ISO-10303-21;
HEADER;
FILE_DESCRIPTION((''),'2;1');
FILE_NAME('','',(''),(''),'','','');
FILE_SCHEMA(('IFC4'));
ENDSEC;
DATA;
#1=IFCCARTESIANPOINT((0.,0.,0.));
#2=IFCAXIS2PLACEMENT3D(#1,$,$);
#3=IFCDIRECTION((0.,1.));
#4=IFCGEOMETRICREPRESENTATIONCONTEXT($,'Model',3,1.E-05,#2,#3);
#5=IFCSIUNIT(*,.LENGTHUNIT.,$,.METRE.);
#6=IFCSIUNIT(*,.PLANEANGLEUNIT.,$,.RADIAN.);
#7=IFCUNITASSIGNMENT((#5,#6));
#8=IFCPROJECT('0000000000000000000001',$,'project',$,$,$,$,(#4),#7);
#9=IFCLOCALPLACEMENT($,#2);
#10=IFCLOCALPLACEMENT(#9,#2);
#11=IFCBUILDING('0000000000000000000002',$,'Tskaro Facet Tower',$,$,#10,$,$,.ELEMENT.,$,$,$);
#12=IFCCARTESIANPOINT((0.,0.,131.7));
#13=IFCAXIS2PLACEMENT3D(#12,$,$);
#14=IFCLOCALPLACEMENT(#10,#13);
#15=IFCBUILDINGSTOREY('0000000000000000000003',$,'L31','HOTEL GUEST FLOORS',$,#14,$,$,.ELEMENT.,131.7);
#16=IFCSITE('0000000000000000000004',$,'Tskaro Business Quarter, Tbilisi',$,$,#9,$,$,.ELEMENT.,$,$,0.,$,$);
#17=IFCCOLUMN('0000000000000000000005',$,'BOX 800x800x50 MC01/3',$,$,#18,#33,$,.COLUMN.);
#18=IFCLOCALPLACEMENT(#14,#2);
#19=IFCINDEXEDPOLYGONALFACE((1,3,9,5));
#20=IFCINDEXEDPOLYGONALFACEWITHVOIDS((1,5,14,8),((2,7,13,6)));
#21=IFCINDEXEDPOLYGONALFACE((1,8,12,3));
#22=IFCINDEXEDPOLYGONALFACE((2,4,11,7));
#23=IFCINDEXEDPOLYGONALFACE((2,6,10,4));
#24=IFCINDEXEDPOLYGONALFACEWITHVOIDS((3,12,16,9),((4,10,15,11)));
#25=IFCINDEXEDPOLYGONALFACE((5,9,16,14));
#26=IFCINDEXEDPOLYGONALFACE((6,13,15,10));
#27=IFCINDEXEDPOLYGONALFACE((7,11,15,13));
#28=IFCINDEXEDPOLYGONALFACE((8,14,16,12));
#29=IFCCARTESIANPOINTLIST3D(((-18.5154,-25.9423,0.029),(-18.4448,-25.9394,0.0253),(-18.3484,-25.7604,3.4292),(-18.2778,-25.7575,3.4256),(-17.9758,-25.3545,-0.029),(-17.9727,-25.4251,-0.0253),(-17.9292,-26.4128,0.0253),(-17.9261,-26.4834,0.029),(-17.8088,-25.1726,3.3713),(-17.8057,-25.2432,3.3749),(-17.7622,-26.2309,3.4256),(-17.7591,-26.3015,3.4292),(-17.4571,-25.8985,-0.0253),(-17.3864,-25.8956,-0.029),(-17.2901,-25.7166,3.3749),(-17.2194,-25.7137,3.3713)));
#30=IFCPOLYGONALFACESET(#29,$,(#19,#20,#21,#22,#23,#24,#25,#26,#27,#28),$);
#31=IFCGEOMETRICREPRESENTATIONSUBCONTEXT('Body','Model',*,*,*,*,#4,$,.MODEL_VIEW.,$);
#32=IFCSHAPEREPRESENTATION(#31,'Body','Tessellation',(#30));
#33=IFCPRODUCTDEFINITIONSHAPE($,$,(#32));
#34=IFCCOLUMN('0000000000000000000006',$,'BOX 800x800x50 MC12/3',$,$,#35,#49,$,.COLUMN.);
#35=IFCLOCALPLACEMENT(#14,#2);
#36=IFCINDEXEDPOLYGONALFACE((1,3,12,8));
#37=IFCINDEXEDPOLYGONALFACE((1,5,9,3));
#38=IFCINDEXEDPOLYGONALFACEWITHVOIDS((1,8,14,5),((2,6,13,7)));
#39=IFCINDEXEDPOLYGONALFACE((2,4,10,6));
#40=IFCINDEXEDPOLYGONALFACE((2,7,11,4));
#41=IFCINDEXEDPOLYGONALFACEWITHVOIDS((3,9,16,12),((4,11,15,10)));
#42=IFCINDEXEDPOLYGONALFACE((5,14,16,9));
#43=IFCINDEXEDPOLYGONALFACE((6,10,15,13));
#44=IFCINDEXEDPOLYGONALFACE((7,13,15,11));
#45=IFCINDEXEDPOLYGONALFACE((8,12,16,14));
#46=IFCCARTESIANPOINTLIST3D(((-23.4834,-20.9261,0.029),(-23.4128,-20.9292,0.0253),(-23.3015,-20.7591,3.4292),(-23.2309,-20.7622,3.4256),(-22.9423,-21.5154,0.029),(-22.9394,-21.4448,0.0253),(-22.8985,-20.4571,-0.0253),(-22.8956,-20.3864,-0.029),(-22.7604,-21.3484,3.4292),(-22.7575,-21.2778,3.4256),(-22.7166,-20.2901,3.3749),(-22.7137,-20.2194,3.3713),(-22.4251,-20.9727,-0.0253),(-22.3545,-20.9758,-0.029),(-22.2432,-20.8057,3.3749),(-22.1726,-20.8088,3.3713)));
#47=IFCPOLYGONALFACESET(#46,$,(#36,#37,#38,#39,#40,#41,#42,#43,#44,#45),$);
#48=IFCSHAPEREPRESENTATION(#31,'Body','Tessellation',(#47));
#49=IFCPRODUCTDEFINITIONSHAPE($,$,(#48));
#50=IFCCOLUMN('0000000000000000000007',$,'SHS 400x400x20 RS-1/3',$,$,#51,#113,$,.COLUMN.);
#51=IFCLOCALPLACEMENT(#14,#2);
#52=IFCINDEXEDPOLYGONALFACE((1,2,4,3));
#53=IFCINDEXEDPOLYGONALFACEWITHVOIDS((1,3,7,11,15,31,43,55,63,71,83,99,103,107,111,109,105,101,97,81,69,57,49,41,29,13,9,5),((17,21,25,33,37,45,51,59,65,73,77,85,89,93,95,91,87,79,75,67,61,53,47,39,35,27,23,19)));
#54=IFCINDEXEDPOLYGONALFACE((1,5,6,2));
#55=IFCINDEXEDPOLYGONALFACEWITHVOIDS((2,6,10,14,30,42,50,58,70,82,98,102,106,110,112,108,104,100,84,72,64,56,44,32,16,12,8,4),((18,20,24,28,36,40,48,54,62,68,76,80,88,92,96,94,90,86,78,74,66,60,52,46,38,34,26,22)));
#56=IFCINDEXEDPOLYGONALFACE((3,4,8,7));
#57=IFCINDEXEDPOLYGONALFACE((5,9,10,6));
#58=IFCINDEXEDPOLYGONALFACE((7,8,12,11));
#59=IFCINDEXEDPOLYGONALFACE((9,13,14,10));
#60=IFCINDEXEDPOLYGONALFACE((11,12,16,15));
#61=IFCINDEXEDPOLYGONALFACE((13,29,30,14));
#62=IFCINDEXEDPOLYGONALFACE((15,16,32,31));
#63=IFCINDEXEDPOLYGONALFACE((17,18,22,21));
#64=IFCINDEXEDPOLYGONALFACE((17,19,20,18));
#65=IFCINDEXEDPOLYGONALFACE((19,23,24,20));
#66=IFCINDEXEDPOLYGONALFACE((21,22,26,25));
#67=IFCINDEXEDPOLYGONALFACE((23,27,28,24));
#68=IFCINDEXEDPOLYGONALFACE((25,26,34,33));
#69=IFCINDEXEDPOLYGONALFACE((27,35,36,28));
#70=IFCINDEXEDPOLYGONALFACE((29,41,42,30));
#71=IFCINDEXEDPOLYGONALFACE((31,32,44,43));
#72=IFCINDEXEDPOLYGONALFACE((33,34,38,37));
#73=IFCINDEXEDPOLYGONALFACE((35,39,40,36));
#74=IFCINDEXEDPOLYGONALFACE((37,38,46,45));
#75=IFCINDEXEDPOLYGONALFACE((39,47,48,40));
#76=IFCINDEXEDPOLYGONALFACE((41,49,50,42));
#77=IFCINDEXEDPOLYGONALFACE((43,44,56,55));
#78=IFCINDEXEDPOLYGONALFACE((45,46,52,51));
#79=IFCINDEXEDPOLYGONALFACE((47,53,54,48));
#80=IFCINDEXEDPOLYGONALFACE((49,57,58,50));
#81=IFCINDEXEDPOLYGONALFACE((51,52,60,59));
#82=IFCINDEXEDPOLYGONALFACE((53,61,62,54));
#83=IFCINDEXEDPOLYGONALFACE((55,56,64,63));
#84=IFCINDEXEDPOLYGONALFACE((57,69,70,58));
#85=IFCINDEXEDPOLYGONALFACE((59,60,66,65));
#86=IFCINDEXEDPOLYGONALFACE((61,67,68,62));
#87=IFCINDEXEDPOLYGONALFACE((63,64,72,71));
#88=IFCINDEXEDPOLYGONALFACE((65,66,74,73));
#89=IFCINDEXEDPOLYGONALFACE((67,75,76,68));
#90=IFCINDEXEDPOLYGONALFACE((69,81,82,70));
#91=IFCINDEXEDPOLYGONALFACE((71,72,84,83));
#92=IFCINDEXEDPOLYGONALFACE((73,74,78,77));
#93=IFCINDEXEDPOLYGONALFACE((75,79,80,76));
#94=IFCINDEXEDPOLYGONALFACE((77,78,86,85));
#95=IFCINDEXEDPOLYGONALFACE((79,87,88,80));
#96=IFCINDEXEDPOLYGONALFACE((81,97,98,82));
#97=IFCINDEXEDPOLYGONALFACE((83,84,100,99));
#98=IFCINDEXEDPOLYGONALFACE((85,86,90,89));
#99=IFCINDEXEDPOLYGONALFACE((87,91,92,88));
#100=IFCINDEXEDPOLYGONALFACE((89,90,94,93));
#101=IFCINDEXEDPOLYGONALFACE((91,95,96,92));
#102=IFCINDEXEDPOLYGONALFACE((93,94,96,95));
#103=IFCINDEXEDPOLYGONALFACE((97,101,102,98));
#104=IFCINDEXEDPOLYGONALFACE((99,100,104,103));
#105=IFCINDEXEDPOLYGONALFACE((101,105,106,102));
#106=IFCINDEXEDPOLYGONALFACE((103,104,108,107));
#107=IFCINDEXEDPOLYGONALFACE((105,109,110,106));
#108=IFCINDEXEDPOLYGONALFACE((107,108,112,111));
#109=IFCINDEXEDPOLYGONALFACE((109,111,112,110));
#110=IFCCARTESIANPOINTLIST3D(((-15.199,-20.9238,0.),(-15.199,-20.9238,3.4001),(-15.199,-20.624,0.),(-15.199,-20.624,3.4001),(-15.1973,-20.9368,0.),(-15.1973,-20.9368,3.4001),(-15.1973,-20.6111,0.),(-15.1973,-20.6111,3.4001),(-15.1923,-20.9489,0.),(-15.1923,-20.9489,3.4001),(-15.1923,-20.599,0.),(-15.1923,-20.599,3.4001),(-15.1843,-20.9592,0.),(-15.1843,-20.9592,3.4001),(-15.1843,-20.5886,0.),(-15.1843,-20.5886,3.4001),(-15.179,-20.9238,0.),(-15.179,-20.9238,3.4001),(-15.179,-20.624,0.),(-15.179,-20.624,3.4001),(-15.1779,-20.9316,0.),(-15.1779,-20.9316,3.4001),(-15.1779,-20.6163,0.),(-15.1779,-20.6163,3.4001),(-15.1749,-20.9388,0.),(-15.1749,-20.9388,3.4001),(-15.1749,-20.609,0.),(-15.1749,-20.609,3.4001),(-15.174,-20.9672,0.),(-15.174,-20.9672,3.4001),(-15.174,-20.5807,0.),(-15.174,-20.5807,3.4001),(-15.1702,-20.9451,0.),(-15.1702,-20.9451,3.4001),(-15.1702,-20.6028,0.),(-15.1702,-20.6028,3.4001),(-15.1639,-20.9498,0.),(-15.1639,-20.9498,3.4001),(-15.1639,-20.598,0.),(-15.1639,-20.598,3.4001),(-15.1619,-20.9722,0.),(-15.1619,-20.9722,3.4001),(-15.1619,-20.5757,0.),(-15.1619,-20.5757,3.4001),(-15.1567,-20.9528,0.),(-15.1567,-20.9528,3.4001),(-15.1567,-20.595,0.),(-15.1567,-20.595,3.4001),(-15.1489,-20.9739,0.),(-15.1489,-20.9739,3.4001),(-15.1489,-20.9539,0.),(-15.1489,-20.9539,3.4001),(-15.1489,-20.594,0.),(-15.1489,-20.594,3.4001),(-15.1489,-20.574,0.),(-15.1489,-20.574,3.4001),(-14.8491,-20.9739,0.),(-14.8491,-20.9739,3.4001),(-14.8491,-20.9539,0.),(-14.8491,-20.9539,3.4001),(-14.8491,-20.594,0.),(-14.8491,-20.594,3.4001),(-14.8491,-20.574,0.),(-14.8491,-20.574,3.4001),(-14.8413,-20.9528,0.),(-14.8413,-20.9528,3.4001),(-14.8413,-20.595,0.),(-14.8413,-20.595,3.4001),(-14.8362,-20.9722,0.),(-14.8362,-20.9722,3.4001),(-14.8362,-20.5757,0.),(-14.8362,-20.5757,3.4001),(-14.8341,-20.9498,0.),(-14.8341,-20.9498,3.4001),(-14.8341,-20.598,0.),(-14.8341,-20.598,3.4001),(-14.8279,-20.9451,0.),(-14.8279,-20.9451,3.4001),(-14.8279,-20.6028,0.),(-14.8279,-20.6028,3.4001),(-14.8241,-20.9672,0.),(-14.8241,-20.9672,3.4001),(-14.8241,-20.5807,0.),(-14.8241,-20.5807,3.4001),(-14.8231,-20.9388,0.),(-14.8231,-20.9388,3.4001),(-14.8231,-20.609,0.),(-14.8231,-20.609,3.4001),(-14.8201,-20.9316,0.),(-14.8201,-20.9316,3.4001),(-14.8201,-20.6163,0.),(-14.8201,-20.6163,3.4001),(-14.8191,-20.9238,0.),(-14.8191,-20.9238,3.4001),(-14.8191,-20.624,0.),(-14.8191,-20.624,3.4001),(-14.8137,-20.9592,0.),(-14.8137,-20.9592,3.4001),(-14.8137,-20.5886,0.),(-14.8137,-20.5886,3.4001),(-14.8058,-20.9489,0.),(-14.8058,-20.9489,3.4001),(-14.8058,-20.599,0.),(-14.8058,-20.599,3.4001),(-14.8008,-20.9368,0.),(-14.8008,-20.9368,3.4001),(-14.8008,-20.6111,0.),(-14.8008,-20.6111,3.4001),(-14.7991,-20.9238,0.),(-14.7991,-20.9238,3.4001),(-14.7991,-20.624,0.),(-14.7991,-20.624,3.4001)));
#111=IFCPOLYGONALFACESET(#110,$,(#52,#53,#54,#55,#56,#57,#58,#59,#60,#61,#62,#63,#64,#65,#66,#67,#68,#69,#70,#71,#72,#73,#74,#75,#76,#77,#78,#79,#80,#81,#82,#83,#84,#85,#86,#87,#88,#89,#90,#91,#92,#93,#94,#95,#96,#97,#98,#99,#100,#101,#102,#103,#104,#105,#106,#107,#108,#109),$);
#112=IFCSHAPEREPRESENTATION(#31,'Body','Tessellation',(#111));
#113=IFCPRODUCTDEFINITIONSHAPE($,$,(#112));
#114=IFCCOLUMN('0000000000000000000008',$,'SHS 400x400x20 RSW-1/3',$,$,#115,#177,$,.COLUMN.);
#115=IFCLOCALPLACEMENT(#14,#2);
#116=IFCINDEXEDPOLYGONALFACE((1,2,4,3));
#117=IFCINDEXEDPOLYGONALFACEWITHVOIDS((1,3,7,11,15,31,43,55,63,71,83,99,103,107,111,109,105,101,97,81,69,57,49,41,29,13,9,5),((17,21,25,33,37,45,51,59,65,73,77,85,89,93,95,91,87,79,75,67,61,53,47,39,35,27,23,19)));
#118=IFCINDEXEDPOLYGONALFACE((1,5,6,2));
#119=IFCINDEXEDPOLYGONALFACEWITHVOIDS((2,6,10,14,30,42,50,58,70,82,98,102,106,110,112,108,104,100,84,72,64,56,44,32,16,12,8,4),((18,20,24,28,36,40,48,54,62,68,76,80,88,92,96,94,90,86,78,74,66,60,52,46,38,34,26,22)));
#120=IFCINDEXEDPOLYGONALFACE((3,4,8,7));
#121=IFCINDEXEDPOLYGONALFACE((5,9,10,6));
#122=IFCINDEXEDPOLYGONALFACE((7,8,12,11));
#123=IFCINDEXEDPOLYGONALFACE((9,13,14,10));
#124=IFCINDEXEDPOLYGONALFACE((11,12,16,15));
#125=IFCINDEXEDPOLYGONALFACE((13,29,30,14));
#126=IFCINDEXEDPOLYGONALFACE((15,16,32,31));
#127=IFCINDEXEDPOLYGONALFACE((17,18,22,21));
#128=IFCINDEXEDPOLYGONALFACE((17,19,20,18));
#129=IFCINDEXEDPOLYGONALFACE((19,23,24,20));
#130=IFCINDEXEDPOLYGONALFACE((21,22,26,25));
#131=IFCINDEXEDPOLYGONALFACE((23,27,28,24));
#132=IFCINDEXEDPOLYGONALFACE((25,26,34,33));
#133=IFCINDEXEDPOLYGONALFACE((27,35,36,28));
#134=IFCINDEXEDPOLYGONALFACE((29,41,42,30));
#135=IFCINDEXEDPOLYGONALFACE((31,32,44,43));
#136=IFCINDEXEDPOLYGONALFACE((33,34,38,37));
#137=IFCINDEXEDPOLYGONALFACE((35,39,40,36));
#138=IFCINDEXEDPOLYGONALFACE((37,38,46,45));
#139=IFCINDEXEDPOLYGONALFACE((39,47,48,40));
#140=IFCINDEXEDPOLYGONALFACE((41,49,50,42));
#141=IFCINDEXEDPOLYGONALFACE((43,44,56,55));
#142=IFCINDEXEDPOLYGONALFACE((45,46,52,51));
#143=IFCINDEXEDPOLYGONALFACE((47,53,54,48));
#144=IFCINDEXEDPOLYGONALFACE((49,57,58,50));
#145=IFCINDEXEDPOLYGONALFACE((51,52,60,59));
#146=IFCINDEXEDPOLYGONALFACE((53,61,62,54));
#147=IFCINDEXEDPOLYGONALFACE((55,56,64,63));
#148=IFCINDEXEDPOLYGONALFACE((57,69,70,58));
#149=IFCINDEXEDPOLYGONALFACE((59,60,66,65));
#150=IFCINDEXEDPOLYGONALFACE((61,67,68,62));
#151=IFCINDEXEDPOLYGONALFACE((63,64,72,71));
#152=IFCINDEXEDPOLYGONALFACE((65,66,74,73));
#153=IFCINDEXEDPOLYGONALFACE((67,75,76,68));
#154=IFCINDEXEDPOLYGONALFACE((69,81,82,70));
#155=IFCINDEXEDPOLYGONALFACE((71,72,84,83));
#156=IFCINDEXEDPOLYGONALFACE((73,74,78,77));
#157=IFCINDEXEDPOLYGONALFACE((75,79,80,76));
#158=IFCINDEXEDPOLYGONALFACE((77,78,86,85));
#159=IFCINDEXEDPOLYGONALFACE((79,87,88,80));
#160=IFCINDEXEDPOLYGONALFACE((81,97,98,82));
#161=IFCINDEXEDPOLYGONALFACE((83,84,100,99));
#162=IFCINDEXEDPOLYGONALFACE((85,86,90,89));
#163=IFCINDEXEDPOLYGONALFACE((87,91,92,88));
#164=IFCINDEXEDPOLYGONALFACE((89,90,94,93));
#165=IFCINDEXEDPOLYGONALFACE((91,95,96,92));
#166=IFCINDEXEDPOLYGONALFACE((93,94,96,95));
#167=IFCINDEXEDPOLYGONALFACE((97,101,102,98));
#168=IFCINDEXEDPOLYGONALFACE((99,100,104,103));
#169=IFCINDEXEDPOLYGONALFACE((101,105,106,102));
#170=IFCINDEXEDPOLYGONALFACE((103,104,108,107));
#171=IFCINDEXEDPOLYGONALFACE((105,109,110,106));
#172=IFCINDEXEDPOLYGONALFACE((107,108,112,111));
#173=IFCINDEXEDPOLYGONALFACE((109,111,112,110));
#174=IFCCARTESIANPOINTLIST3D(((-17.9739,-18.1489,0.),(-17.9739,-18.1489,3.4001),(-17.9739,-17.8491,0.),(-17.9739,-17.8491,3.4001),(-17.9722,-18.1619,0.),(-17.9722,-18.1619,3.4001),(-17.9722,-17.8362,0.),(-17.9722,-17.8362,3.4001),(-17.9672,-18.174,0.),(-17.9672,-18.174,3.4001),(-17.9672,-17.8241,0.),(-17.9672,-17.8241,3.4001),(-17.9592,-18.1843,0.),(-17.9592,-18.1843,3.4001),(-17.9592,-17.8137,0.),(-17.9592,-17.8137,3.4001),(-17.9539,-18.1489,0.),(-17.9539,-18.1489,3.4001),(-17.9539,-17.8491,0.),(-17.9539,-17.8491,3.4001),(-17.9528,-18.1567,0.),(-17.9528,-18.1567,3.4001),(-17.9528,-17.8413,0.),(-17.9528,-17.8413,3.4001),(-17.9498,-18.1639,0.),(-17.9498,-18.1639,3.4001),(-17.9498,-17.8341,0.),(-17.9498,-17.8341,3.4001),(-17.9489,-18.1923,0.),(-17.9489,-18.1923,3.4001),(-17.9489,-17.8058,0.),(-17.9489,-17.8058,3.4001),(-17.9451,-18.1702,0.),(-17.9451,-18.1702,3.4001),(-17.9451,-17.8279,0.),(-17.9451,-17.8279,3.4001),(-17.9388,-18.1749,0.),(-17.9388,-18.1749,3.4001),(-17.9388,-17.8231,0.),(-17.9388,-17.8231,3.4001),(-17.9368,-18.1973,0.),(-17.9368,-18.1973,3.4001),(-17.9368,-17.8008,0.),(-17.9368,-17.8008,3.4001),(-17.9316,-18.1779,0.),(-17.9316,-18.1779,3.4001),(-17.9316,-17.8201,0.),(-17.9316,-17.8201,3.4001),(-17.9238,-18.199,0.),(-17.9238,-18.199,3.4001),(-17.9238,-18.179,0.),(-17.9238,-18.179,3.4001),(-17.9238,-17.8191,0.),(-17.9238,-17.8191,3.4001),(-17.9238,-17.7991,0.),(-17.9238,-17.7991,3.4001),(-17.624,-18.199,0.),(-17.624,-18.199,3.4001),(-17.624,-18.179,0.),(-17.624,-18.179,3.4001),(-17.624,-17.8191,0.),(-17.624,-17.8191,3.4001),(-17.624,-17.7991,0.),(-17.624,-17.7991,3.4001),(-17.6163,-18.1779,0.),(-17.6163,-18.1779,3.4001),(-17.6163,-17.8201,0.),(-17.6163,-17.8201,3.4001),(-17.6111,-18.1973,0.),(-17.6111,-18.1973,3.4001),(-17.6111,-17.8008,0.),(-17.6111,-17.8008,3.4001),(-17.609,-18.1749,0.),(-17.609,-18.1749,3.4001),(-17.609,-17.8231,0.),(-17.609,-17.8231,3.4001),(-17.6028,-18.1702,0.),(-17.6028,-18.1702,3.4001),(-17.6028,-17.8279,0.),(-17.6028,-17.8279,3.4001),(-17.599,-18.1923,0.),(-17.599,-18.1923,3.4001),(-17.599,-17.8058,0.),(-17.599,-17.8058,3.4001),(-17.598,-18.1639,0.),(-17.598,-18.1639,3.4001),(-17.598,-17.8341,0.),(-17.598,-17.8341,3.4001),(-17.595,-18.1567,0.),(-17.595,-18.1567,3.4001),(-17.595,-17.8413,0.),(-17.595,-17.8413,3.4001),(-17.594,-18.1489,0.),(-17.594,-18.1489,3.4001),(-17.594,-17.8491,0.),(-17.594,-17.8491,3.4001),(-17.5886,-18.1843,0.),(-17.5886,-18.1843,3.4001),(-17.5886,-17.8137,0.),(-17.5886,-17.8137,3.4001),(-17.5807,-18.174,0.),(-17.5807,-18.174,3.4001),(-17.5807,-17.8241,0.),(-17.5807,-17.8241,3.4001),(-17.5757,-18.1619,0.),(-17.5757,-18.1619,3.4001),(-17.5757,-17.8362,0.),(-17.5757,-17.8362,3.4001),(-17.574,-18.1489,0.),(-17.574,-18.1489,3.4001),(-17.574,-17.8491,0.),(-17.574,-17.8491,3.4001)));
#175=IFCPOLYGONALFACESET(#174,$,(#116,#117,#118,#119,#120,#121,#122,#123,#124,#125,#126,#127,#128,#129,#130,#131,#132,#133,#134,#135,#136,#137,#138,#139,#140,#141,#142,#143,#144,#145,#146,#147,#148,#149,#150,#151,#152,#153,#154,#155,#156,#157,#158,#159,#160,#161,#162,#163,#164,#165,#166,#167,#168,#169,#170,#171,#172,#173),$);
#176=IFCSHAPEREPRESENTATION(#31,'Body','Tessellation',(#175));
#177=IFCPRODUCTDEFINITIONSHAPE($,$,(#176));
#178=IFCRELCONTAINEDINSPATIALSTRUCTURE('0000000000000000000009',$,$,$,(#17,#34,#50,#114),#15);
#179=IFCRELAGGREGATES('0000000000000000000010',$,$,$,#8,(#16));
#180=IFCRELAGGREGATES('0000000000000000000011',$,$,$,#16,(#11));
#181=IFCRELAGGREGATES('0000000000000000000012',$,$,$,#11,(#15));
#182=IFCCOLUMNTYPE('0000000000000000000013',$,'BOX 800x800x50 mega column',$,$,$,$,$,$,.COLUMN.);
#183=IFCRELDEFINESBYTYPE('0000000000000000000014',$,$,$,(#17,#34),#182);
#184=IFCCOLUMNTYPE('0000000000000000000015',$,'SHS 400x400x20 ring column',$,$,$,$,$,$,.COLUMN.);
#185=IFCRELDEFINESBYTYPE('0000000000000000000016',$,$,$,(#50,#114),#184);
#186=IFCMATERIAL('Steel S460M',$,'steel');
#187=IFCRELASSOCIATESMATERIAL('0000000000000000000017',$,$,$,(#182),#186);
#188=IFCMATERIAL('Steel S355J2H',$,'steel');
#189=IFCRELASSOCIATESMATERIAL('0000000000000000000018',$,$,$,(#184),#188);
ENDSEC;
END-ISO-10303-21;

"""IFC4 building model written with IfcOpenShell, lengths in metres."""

from ifc_helpers import new_model, si_unit, direction, frame, origin, origin_2d, place, context, subcontext, project, spatial, hollow_rectangle, extrude, material, material_profile, profile_set, type_object, element, save


model = new_model("IFC4")

# Units and contexts
model_context = context("Model", 3, precision=1e-05, world=origin(), true_north=direction((0.0, 1.0)))
body_context = subcontext(model_context, "Body", "Model", "MODEL_VIEW")
ifc_project = project(units=[si_unit("LENGTHUNIT", "METRE"), si_unit("PLANEANGLEUNIT", "RADIAN")], contexts=[model_context])

# Site, building, storey
site_placement = place(None, origin())
site = spatial("IfcSite", under=ifc_project, at=site_placement, Name="Tskaro Business Quarter, Tbilisi", CompositionType="ELEMENT", RefElevation=0.0)
building_placement = place(site_placement, origin())
building = spatial("IfcBuilding", under=site, at=building_placement, Name="Tskaro Facet Tower", CompositionType="ELEMENT")
storey_placement = place(building_placement, frame((0.0, 0.0, 131.7)))
storey = spatial("IfcBuildingStorey", under=building, at=storey_placement, Name="L31", Description="HOTEL GUEST FLOORS", CompositionType="ELEMENT", Elevation=131.7)

# Columns
ifc_material_1 = material(Name="Steel S460M", Category="steel")
ifc_material_profile_1 = material_profile(ifc_material_1, hollow_rectangle(XDim=0.8, YDim=0.8, WallThickness=0.05, at=origin_2d()), Name="BOX 800x800x50")
ifc_profile_set_1 = profile_set([ifc_material_profile_1], Name="Steel S460M")
column_type_1 = type_object("IfcColumnType", Name="BOX 800x800x50 mega column", PredefinedType="COLUMN", material=ifc_profile_set_1)
for number, where, z_axis, x_axis, name in (
    (1, (-17.9509, -25.9189, 0.0), (0.048984, 0.053353, 0.997374), (-0.73662, 0.676306, 0.0), "BOX 800x800x50 MC01/3"),
    (2, (-22.9189, -20.9509, 0.0), (0.053353, 0.048984, 0.997374), (-0.676306, 0.73662, 0.0), "BOX 800x800x50 MC12/3"),
):
    element("IfcColumn", number, at=place(storey_placement, frame(where, z_axis=z_axis, x_axis=x_axis)), inside=storey, type_object=column_type_1, Name=name, PredefinedType="COLUMN", context=body_context, shape_type="SweptSolid", body=[
        extrude(hollow_rectangle(XDim=0.8, YDim=0.8, WallThickness=0.05, at=origin_2d()), origin(), (0.0, 0.0, 1.0), 3.4092),
    ])
ifc_material_2 = material(Name="Steel S355J2H", Category="steel")
ifc_material_profile_2 = material_profile(ifc_material_2, hollow_rectangle(XDim=0.3999, YDim=0.3999, WallThickness=0.02, InnerFilletRadius=0.03, OuterFilletRadius=0.05, at=origin_2d()), Name="SHS 400x400x20")
ifc_profile_set_2 = profile_set([ifc_material_profile_2], Name="Steel S355J2H")
column_type_2 = type_object("IfcColumnType", Name="SHS 400x400x20 ring column", PredefinedType="COLUMN", material=ifc_profile_set_2)
for number, where, z_axis, x_axis, name in (
    (3, (-14.999, -20.7739, 0.0), (0.0, 0.0, 1.0), (1.0, 0.0, 0.0), "SHS 400x400x20 RS-1/3"),
    (4, (-17.7739, -17.999, 0.0), (0.0, 0.0, 1.0), (1.0, 0.0, 0.0), "SHS 400x400x20 RSW-1/3"),
):
    element("IfcColumn", number, at=place(storey_placement, frame(where, z_axis=z_axis, x_axis=x_axis)), inside=storey, type_object=column_type_2, Name=name, PredefinedType="COLUMN", context=body_context, shape_type="SweptSolid", body=[
        extrude(hollow_rectangle(XDim=0.3999, YDim=0.3999, WallThickness=0.02, InnerFilletRadius=0.03, OuterFilletRadius=0.05, at=origin_2d()), origin(), (0.0, 0.0, 1.0), 3.4001),
    ])

save(model, "model.ifc")
